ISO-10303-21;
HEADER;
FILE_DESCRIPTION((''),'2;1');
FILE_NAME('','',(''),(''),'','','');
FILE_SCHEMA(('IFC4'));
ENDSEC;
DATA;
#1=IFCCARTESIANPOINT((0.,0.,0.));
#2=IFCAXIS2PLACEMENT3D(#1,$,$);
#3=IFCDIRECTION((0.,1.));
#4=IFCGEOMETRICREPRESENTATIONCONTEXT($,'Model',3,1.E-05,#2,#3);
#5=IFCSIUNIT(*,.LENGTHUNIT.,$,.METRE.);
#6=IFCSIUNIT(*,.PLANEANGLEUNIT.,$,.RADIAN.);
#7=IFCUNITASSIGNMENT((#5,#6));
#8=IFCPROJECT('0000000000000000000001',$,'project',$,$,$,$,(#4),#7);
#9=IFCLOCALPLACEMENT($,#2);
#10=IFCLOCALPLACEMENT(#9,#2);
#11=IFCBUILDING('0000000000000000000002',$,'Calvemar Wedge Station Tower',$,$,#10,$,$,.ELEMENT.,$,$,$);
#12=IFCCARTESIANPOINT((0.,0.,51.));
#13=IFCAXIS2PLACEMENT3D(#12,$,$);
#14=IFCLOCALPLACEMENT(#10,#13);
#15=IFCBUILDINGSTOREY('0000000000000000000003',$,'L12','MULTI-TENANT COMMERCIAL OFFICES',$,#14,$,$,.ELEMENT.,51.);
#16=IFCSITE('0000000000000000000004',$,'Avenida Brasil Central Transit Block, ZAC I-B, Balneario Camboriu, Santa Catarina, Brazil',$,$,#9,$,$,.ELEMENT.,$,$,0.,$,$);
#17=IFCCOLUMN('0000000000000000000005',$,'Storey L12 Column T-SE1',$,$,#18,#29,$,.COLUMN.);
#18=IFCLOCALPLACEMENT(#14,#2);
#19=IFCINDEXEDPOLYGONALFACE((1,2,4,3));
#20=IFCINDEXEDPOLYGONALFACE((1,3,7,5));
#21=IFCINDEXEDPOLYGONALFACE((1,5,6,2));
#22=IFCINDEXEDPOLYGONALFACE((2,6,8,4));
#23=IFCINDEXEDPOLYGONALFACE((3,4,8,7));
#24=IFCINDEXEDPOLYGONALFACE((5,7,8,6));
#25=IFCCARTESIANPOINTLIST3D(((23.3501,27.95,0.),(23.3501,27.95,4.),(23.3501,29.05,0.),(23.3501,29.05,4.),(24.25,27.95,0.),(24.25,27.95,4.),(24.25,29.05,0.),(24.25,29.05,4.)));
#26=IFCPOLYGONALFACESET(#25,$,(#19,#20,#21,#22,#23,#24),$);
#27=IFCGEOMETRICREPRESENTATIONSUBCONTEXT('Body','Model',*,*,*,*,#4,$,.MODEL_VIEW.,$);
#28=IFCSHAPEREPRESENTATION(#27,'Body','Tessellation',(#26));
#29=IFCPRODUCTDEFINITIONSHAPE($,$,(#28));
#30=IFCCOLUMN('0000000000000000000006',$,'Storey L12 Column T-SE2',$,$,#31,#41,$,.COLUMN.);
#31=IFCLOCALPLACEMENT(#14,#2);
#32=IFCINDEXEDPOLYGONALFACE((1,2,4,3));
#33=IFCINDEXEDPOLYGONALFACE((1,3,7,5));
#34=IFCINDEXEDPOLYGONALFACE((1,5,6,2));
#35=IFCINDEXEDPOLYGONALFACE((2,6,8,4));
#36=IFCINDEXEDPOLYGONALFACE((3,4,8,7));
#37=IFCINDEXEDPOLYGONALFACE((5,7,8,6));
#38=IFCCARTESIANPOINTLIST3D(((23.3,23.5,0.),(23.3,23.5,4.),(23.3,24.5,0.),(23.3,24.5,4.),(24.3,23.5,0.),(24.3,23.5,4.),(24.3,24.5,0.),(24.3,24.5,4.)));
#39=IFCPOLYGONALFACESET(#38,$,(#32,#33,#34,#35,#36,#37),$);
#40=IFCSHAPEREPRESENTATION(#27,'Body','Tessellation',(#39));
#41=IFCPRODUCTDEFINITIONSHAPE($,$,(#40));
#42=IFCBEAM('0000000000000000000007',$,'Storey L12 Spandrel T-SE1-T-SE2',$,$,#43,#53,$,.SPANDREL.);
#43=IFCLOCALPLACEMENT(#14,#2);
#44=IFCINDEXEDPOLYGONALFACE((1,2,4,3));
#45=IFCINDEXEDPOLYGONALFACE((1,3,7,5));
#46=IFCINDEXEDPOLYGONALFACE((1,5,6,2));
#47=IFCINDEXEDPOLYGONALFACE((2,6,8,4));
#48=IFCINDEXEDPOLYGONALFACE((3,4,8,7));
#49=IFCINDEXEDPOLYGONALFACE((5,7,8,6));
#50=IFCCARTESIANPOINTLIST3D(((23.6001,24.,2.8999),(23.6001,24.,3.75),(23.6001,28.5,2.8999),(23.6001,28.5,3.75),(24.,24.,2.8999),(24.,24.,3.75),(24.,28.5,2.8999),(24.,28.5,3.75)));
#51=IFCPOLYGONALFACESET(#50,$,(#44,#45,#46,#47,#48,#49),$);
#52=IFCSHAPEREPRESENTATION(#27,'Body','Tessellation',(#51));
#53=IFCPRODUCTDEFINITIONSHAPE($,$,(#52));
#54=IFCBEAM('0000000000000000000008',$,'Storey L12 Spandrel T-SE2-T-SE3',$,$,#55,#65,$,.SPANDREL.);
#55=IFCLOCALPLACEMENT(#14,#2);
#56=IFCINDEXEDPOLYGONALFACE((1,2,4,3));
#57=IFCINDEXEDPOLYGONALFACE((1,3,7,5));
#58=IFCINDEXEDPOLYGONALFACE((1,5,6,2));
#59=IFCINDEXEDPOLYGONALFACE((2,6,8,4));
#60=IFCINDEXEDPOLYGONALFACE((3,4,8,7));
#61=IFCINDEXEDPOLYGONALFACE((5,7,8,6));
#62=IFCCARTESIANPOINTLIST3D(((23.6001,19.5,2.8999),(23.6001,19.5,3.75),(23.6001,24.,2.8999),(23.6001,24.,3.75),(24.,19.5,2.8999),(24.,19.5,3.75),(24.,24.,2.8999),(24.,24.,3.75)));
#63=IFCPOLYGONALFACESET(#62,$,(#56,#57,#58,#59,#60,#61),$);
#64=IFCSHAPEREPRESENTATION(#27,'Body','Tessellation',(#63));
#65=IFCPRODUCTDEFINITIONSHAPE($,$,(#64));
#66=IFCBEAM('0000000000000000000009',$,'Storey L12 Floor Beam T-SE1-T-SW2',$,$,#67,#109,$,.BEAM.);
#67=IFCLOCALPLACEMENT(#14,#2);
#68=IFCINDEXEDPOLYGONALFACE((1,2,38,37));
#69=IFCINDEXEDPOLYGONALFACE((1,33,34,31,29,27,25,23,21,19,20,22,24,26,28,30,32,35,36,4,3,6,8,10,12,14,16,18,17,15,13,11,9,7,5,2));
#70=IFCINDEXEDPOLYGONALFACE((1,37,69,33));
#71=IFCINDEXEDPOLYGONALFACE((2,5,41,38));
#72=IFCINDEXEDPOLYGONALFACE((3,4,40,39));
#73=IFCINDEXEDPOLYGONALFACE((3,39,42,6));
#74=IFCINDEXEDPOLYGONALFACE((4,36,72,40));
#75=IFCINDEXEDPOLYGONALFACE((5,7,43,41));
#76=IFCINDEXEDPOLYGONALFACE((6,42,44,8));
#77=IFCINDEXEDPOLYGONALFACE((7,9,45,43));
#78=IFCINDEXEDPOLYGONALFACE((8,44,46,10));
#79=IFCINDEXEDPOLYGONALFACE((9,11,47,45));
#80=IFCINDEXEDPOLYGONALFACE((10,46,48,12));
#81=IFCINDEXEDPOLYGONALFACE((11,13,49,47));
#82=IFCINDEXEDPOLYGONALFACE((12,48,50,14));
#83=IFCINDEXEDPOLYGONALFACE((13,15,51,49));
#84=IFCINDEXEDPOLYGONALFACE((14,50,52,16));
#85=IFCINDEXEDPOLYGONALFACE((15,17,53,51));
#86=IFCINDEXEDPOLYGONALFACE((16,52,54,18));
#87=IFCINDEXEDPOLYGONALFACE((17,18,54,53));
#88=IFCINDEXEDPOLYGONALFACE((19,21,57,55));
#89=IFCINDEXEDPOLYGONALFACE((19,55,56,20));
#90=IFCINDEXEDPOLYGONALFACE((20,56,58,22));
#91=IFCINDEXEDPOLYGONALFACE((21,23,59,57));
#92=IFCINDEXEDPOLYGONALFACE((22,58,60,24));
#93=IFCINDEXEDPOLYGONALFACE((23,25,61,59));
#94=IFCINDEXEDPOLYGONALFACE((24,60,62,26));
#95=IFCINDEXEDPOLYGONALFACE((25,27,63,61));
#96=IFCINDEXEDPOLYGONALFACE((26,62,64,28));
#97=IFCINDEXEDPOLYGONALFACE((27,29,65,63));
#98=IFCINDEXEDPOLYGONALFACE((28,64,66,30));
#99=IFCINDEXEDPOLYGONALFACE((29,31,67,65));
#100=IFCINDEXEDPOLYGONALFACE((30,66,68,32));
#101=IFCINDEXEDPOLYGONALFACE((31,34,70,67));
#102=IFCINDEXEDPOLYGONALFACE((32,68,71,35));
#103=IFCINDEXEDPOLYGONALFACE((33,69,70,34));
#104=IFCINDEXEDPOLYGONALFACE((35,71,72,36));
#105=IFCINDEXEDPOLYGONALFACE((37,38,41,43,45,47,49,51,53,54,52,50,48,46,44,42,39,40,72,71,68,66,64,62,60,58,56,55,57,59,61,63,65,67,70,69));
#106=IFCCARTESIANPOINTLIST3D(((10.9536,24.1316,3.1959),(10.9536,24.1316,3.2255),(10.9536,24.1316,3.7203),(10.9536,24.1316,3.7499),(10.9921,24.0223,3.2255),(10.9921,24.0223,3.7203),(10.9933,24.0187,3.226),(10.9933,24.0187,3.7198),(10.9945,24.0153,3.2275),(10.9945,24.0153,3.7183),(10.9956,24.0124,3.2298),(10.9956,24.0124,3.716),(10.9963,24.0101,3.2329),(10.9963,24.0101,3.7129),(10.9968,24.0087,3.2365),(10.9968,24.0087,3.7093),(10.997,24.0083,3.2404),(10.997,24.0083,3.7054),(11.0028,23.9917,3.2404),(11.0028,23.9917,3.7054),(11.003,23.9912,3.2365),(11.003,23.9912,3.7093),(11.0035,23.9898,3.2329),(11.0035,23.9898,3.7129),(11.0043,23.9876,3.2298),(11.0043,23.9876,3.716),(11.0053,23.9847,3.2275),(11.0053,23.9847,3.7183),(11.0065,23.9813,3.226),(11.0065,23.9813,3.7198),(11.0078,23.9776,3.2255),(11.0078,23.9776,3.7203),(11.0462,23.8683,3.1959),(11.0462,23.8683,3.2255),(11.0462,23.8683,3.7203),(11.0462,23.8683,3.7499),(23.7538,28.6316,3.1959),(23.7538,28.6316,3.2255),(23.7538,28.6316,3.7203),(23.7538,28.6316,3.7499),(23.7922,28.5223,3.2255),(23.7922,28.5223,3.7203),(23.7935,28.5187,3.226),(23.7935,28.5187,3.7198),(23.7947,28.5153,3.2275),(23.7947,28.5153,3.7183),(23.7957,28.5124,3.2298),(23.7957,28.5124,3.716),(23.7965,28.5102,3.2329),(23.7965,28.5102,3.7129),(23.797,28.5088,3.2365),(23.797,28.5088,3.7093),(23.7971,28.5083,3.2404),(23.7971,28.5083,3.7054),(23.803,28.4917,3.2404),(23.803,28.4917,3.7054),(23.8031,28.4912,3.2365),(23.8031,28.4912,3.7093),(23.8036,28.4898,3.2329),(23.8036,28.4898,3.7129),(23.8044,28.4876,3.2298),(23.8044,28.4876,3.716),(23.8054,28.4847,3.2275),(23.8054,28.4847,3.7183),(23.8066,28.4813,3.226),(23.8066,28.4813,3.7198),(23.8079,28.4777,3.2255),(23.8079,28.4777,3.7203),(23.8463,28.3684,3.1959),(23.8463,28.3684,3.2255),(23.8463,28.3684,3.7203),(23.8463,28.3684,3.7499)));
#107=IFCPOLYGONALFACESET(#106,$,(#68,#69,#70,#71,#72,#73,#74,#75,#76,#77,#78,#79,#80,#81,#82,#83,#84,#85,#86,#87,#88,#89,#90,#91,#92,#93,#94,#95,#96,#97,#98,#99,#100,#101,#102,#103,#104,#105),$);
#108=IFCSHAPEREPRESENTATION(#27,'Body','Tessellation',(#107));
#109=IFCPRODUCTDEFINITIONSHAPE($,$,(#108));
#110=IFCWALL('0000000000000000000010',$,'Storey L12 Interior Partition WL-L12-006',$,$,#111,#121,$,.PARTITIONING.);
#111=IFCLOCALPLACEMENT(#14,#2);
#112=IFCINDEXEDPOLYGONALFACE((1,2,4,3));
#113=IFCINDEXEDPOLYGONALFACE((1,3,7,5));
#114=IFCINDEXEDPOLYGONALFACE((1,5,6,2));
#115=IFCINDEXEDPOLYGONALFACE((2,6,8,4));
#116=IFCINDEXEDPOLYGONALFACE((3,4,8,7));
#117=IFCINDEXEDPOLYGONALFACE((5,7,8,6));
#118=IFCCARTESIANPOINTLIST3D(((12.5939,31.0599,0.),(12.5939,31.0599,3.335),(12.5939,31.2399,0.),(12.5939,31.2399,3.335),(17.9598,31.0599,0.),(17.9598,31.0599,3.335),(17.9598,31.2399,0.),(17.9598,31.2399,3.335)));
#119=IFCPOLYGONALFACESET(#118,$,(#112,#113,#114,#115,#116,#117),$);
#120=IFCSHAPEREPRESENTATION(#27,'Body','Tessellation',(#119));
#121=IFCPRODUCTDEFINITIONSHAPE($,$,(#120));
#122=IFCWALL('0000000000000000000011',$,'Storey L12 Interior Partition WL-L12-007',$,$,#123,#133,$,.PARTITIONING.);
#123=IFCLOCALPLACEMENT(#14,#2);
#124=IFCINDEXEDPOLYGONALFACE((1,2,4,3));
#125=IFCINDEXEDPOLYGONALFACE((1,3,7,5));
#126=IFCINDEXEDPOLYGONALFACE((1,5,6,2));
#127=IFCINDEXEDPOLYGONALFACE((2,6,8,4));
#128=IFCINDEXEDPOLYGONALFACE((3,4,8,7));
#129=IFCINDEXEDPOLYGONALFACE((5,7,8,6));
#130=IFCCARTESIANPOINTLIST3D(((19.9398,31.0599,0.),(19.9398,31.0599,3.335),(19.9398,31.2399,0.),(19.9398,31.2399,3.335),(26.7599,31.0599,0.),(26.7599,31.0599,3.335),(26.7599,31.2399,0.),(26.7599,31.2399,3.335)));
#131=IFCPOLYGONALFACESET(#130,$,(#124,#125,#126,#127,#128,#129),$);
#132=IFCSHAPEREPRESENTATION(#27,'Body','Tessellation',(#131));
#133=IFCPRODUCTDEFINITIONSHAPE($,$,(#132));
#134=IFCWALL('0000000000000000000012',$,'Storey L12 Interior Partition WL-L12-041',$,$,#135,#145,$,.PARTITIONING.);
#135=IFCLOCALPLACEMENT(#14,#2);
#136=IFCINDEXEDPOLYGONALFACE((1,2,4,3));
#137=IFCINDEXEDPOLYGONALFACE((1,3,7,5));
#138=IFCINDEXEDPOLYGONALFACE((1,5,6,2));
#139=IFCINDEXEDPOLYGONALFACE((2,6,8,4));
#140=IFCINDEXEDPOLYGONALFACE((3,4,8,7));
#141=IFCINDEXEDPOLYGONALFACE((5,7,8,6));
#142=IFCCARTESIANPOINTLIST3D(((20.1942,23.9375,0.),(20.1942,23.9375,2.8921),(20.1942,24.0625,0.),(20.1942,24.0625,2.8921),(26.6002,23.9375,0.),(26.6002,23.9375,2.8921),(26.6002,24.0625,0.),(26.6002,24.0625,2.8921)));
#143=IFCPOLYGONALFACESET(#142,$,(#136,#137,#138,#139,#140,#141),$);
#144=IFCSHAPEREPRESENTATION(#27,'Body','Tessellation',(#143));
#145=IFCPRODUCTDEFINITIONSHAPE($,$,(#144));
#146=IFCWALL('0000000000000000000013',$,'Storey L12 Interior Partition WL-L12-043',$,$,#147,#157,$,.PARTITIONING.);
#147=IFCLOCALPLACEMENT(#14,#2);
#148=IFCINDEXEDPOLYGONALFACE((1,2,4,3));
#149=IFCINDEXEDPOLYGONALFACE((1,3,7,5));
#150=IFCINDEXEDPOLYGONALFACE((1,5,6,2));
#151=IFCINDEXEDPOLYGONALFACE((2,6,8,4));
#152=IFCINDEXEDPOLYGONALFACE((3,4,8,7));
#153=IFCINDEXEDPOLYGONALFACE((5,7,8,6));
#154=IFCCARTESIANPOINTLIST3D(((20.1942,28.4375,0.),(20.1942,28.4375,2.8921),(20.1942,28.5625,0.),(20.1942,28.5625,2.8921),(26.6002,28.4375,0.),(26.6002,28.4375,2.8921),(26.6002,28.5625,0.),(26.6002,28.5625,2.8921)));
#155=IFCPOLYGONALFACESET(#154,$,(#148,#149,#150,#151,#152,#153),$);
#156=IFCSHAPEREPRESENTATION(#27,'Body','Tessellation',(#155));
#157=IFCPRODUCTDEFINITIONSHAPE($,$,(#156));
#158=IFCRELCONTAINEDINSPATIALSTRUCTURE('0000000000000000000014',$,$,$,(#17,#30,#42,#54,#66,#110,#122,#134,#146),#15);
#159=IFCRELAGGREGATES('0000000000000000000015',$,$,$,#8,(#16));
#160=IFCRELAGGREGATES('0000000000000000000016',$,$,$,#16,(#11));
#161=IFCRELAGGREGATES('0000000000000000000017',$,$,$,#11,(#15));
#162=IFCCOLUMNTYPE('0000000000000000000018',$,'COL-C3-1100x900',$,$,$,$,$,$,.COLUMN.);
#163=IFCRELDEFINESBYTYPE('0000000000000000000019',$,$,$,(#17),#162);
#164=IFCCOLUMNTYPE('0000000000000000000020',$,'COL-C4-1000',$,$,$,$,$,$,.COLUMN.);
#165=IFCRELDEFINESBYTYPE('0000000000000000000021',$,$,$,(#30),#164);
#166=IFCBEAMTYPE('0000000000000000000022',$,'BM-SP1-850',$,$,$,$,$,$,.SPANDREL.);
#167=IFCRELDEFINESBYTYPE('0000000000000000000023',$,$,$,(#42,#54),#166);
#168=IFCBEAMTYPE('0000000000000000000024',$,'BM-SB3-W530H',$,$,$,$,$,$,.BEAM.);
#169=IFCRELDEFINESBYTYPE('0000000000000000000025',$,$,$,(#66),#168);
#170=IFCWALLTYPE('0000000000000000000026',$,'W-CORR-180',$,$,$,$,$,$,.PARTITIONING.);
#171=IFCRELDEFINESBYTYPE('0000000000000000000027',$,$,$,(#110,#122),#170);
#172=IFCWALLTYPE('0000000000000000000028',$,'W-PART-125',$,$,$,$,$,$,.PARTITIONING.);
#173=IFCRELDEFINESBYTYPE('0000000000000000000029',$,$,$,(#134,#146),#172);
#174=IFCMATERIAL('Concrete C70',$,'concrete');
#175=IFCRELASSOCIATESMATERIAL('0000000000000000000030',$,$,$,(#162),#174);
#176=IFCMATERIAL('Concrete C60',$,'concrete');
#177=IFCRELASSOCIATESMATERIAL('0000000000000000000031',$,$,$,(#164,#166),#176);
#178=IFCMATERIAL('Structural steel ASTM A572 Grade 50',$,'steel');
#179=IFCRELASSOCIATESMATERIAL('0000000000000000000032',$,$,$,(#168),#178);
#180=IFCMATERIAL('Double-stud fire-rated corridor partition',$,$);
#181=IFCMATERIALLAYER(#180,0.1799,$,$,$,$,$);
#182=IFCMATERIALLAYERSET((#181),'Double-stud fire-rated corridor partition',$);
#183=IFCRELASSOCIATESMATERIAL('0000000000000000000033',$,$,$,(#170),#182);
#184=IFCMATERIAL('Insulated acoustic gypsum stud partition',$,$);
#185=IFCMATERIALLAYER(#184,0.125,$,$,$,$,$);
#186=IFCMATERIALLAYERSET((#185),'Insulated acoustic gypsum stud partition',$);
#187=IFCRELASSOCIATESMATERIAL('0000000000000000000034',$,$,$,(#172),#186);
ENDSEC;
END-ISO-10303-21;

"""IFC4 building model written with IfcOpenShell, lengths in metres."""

from ifc_helpers import new_model, si_unit, direction, frame, frame_2d, origin, origin_2d, place, context, subcontext, project, spatial, rectangle, i_section, extrude, source, transform, mapped, material, layer, layer_set, material_profile, profile_set, type_object, element, save


model = new_model("IFC4")

# Units and contexts
model_context = context("Model", 3, precision=1e-05, world=origin(), true_north=direction((0.0, 1.0)))
body_context = subcontext(model_context, "Body", "Model", "MODEL_VIEW")
ifc_project = project(units=[si_unit("LENGTHUNIT", "METRE"), si_unit("PLANEANGLEUNIT", "RADIAN")], contexts=[model_context])

# Site, building, storey
site_placement = place(None, origin())
site = spatial("IfcSite", under=ifc_project, at=site_placement, Name="Avenida Brasil Central Transit Block, ZAC I-B, Balneario Camboriu, Santa Catarina, Brazil", CompositionType="ELEMENT", RefElevation=0.0)
building_placement = place(site_placement, origin())
building = spatial("IfcBuilding", under=site, at=building_placement, Name="Calvemar Wedge Station Tower", CompositionType="ELEMENT")
storey_placement = place(building_placement, frame((0.0, 0.0, 51.0)))
storey = spatial("IfcBuildingStorey", under=building, at=storey_placement, Name="L12", Description="MULTI-TENANT COMMERCIAL OFFICES", CompositionType="ELEMENT", Elevation=51.0)

# Columns
ifc_material_1 = material(Name="Concrete C70", Category="concrete")
ifc_material_profile_1 = material_profile(ifc_material_1, rectangle(XDim=0.8999, YDim=1.1001, at=origin_2d()), Name="RC1100x900")
ifc_profile_set_1 = profile_set([ifc_material_profile_1], Name="Concrete C70")
column_type_1 = type_object("IfcColumnType", Name="COL-C3-1100x900", PredefinedType="COLUMN", material=ifc_profile_set_1)
shared_shape_1 = source(origin(), body_context, "Body", "SweptSolid", [
    extrude(rectangle(XDim=0.8999, YDim=1.1001, at=origin_2d()), origin(), (0.0, 0.0, 1.0), 4.0),
])
column_1_placement = place(storey_placement, frame((23.8, 28.5, 0.0), z_axis=(0.0, 0.0, 1.0), x_axis=(1.0, 0.0, 0.0)))
element("IfcColumn", 1, at=column_1_placement, inside=storey, type_object=column_type_1, Name="Storey L12 Column T-SE1", PredefinedType="COLUMN", context=body_context, shape_type="MappedRepresentation", body=[
    mapped(shared_shape_1, transform((0.0, 0.0, 0.0), scale=1.0)),
])
ifc_material_2 = material(Name="Concrete C60", Category="concrete")
ifc_material_profile_2 = material_profile(ifc_material_2, rectangle(XDim=1.0, YDim=1.0, at=origin_2d()), Name="RC1000x1000")
ifc_profile_set_2 = profile_set([ifc_material_profile_2], Name="Concrete C60")
column_type_2 = type_object("IfcColumnType", Name="COL-C4-1000", PredefinedType="COLUMN", material=ifc_profile_set_2)
shared_shape_2 = source(origin(), body_context, "Body", "SweptSolid", [
    extrude(rectangle(XDim=1.0, YDim=1.0, at=origin_2d()), origin(), (0.0, 0.0, 1.0), 4.0),
])
column_2_placement = place(storey_placement, frame((23.8, 24.0, 0.0), z_axis=(0.0, 0.0, 1.0), x_axis=(1.0, 0.0, 0.0)))
element("IfcColumn", 2, at=column_2_placement, inside=storey, type_object=column_type_2, Name="Storey L12 Column T-SE2", PredefinedType="COLUMN", context=body_context, shape_type="MappedRepresentation", body=[
    mapped(shared_shape_2, transform((0.0, 0.0, 0.0), scale=1.0)),
])

# Beams
ifc_material_profile_3 = material_profile(ifc_material_2, rectangle(XDim=0.3999, YDim=0.8501, at=origin_2d()), Name="RC400x850")
ifc_profile_set_3 = profile_set([ifc_material_profile_3], Name="Concrete C60")
beam_type_1 = type_object("IfcBeamType", Name="BM-SP1-850", PredefinedType="SPANDREL", material=ifc_profile_set_3)
shared_shape_3 = source(origin(), body_context, "Body", "SweptSolid", [
    extrude(rectangle(XDim=0.3999, YDim=0.8501, at=origin_2d()), origin(), (0.0, 0.0, 1.0), 4.5),
])
for number, where, z_axis, x_axis, name in (
    (3, (23.8, 28.5, 3.325), (0.0, -1.0, 0.0), (1.0, 0.0, 0.0), "Storey L12 Spandrel T-SE1-T-SE2"),
    (4, (23.8, 24.0, 3.325), (0.0, -1.0, 0.0), (1.0, 0.0, 0.0), "Storey L12 Spandrel T-SE2-T-SE3"),
):
    element("IfcBeam", number, at=place(storey_placement, frame(where, z_axis=z_axis, x_axis=x_axis)), inside=storey, type_object=beam_type_1, Name=name, PredefinedType="SPANDREL", context=body_context, shape_type="MappedRepresentation", body=[
        mapped(shared_shape_3, transform((0.0, 0.0, 0.0), scale=1.0)),
    ])
ifc_material_3 = material(Name="Structural steel ASTM A572 Grade 50", Category="steel")
ifc_material_profile_4 = material_profile(ifc_material_3, i_section(OverallWidth=0.2791, OverallDepth=0.554, WebThickness=0.0176, FlangeThickness=0.0295, FilletRadius=0.0149, at=origin_2d()), Name="W530x196")
ifc_profile_set_4 = profile_set([ifc_material_profile_4], Name="Structural steel ASTM A572 Grade 50")
beam_type_2 = type_object("IfcBeamType", Name="BM-SB3-W530H", PredefinedType="BEAM", material=ifc_profile_set_4)
shared_shape_4 = source(origin(), body_context, "Body", "SweptSolid", [
    extrude(i_section(OverallWidth=0.2791, OverallDepth=0.554, WebThickness=0.0176, FlangeThickness=0.0295, FilletRadius=0.0149, at=origin_2d()), origin(), (0.0, 0.0, 1.0), 13.5681),
])
beam_placement = place(storey_placement, frame((23.8, 28.5, 3.4729), z_axis=(-0.943398, -0.331662, 0.0), x_axis=(0.331662, -0.943398, 0.0)))
element("IfcBeam", 5, at=beam_placement, inside=storey, type_object=beam_type_2, Name="Storey L12 Floor Beam T-SE1-T-SW2", PredefinedType="BEAM", context=body_context, shape_type="MappedRepresentation", body=[
    mapped(shared_shape_4, transform((0.0, 0.0, 0.0), scale=1.0)),
])

# Walls
ifc_material_4 = material(Name="Double-stud fire-rated corridor partition")
ifc_layer_1 = layer(ifc_material_4, 0.1799)
ifc_layer_set_1 = layer_set([ifc_layer_1], Name="Double-stud fire-rated corridor partition")
wall_type_1 = type_object("IfcWallType", Name="W-CORR-180", PredefinedType="PARTITIONING", material=ifc_layer_set_1)
wall_1_placement = place(storey_placement, frame((17.96, 31.1499, 0.0), z_axis=(0.0, 0.0, 1.0), x_axis=(-1.0, 0.0, 0.0)))
element("IfcWall", 6, at=wall_1_placement, inside=storey, type_object=wall_type_1, Name="Storey L12 Interior Partition WL-L12-006", PredefinedType="PARTITIONING", context=body_context, shape_type="SweptSolid", body=[
    extrude(rectangle(XDim=5.366, YDim=0.1799, at=frame_2d((2.6831, 0.0))), origin(), (0.0, 0.0, 1.0), 3.335),
])
wall_2_placement = place(storey_placement, frame((26.76, 31.1499, 0.0), z_axis=(0.0, 0.0, 1.0), x_axis=(-1.0, 0.0, 0.0)))
element("IfcWall", 7, at=wall_2_placement, inside=storey, type_object=wall_type_1, Name="Storey L12 Interior Partition WL-L12-007", PredefinedType="PARTITIONING", context=body_context, shape_type="SweptSolid", body=[
    extrude(rectangle(XDim=6.8201, YDim=0.1799, at=frame_2d((3.4102, 0.0))), origin(), (0.0, 0.0, 1.0), 3.335),
])

# Walls
ifc_material_5 = material(Name="Insulated acoustic gypsum stud partition")
ifc_layer_2 = layer(ifc_material_5, 0.125)
ifc_layer_set_2 = layer_set([ifc_layer_2], Name="Insulated acoustic gypsum stud partition")
wall_type_2 = type_object("IfcWallType", Name="W-PART-125", PredefinedType="PARTITIONING", material=ifc_layer_set_2)
for number, where, z_axis, x_axis, name in (
    (8, (20.1941, 24.0, 0.0), (0.0, 0.0, 1.0), (1.0, 0.0, 0.0), "Storey L12 Interior Partition WL-L12-041"),
    (9, (20.1941, 28.5, 0.0), (0.0, 0.0, 1.0), (1.0, 0.0, 0.0), "Storey L12 Interior Partition WL-L12-043"),
):
    element("IfcWall", number, at=place(storey_placement, frame(where, z_axis=z_axis, x_axis=x_axis)), inside=storey, type_object=wall_type_2, Name=name, PredefinedType="PARTITIONING", context=body_context, shape_type="SweptSolid", body=[
        extrude(rectangle(XDim=6.406, YDim=0.125, at=frame_2d((3.2031, 0.0))), origin(), (0.0, 0.0, 1.0), 2.8921),
    ])

save(model, "model.ifc")
